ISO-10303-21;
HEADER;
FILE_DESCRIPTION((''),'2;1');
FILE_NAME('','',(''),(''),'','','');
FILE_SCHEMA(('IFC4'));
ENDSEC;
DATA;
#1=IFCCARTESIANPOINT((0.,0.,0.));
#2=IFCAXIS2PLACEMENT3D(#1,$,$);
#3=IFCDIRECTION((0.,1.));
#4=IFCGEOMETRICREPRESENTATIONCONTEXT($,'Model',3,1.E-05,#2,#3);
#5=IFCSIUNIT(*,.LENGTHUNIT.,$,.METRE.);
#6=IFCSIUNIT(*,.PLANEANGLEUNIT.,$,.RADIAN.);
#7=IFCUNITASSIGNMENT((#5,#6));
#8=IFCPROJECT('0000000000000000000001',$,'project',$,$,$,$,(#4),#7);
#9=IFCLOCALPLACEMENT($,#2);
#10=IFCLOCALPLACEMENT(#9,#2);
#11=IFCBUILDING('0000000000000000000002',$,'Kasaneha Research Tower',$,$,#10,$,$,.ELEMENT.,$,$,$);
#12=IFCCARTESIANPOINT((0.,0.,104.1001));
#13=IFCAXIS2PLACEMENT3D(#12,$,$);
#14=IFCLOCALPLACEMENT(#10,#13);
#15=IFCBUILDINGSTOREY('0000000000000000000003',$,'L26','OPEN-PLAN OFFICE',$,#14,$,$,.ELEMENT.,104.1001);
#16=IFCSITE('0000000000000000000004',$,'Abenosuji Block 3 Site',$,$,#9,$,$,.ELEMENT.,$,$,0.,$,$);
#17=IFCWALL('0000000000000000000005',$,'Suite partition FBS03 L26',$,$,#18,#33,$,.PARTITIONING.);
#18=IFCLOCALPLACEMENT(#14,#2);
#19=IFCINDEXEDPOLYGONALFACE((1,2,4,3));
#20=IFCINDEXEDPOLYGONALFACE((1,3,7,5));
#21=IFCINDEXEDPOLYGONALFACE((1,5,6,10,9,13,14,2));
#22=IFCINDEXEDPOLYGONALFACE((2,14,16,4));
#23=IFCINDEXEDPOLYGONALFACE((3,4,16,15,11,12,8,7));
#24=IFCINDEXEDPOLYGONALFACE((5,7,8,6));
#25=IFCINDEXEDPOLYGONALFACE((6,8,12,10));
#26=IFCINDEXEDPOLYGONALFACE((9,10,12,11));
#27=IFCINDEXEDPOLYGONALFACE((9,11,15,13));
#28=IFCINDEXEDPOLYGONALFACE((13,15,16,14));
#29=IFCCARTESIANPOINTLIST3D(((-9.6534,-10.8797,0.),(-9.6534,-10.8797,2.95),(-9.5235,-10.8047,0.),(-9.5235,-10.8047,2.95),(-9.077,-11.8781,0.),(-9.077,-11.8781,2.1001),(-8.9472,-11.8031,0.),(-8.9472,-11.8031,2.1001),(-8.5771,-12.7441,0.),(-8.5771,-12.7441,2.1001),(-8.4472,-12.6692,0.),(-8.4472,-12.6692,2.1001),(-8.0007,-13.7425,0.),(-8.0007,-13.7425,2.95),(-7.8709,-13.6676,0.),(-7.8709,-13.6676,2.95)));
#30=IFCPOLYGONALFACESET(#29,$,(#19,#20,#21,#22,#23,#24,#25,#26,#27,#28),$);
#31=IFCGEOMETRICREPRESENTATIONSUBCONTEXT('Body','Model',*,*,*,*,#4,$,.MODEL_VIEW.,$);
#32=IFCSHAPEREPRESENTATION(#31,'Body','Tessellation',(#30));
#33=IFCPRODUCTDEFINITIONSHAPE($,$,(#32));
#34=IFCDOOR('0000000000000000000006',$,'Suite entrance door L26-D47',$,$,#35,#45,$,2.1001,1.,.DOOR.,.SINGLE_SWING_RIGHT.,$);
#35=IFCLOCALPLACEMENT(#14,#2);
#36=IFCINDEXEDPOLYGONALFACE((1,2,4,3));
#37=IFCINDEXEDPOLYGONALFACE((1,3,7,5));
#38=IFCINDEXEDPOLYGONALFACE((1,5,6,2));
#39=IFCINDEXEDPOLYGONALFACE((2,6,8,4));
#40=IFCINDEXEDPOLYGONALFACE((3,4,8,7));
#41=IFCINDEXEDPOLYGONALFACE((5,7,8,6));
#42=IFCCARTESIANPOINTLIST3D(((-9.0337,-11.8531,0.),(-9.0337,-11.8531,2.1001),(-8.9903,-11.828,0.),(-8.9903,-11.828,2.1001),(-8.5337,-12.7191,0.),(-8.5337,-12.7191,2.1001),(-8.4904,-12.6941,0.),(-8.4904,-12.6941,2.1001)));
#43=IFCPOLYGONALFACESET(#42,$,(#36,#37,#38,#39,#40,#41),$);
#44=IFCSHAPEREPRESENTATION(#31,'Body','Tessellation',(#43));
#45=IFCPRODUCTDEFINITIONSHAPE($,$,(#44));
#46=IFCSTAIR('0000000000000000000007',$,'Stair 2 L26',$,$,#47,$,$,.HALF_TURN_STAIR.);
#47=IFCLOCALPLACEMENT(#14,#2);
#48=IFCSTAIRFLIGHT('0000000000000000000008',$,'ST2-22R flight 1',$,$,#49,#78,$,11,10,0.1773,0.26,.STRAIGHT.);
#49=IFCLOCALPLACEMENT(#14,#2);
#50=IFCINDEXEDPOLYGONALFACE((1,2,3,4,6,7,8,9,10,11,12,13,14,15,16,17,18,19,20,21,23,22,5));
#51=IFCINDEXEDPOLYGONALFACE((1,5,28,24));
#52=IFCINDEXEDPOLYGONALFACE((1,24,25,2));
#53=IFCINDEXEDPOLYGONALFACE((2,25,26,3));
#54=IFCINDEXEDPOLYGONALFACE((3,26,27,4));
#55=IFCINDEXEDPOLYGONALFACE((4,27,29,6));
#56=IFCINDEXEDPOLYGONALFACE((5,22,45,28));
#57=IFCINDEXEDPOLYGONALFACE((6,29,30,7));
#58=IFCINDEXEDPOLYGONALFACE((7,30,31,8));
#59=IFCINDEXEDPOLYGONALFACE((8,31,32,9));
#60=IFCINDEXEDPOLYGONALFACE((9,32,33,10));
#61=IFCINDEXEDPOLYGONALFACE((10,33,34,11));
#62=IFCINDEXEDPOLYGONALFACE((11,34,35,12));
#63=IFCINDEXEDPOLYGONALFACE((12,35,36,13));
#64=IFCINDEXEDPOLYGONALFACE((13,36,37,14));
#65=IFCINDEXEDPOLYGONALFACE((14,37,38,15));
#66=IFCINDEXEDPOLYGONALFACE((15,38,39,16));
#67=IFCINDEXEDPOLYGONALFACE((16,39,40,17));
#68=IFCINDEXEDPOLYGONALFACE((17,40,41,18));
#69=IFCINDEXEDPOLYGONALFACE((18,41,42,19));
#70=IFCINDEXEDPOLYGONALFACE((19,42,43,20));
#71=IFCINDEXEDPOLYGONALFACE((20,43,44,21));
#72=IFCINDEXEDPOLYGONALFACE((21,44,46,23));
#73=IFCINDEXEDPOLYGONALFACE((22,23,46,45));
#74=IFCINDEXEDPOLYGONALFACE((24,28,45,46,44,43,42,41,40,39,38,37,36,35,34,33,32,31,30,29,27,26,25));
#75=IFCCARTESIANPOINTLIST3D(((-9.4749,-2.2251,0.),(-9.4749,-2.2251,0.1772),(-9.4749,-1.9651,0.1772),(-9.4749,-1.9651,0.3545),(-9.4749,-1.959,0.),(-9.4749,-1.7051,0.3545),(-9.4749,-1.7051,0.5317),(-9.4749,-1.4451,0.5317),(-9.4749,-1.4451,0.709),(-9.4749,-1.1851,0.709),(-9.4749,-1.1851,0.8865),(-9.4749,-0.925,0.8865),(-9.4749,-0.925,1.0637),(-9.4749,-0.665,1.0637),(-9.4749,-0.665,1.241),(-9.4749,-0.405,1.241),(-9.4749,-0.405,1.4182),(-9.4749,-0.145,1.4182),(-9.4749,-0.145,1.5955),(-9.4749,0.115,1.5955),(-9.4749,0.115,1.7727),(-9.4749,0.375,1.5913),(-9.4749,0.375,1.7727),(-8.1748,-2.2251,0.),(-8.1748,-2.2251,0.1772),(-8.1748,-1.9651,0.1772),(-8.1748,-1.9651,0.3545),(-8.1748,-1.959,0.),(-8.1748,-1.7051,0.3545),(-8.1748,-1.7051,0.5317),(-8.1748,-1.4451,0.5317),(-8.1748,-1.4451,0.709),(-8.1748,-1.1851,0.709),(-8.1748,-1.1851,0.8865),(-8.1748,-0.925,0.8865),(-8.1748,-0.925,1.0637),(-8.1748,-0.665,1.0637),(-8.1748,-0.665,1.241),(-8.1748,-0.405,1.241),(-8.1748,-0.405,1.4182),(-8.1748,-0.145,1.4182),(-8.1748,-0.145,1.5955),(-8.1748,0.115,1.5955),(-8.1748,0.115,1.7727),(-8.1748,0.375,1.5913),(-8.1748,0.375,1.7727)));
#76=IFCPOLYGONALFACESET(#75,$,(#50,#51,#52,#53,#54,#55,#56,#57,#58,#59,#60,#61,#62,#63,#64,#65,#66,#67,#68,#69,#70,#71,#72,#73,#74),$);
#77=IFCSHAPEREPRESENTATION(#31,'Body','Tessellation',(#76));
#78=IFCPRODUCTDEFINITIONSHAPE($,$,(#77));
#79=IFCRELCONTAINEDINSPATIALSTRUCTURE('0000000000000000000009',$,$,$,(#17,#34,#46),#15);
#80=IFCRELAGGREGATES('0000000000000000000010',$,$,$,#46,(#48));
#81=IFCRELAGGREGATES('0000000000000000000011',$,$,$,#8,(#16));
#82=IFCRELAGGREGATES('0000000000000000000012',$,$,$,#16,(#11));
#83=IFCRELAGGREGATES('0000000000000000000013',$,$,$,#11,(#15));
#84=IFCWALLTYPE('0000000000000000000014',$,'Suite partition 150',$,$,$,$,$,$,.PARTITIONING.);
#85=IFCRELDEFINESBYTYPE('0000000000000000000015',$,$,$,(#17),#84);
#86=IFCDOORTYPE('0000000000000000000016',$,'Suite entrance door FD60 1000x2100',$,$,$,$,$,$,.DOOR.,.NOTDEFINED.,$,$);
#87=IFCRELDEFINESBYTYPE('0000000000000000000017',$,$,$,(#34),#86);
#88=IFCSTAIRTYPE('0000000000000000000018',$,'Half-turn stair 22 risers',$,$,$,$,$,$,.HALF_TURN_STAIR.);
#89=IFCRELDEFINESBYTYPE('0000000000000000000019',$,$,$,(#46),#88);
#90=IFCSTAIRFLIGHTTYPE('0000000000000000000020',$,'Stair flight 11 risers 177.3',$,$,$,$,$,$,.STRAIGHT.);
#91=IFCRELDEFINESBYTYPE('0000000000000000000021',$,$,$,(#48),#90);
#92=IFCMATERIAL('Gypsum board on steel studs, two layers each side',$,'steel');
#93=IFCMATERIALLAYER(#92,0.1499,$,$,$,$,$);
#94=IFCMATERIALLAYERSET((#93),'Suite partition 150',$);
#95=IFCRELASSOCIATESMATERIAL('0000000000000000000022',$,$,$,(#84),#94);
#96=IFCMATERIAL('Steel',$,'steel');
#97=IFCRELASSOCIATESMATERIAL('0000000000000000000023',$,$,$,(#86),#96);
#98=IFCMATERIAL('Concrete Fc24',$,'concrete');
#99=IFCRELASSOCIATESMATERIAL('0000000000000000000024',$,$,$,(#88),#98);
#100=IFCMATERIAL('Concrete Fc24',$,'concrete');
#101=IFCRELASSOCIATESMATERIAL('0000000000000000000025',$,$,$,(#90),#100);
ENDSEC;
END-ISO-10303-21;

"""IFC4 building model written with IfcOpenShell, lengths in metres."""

from ifc_helpers import new_model, si_unit, direction, frame, frame_2d, origin, place, context, subcontext, project, spatial, polyline, rectangle, outline, extrude, material, layer, layer_set, type_object, element, fill, aggregate, save


model = new_model("IFC4")

# Units and contexts
model_context = context("Model", 3, precision=1e-05, world=origin(), true_north=direction((0.0, 1.0)))
body_context = subcontext(model_context, "Body", "Model", "MODEL_VIEW")
ifc_project = project(units=[si_unit("LENGTHUNIT", "METRE"), si_unit("PLANEANGLEUNIT", "RADIAN")], contexts=[model_context])

# Site, building, storey
site_placement = place(None, origin())
site = spatial("IfcSite", under=ifc_project, at=site_placement, Name="Abenosuji Block 3 Site", CompositionType="ELEMENT", RefElevation=0.0)
building_placement = place(site_placement, origin())
building = spatial("IfcBuilding", under=site, at=building_placement, Name="Kasaneha Research Tower", CompositionType="ELEMENT")
storey_placement = place(building_placement, frame((0.0, 0.0, 104.1001)))
storey = spatial("IfcBuildingStorey", under=building, at=storey_placement, Name="L26", Description="OPEN-PLAN OFFICE", CompositionType="ELEMENT", Elevation=104.1001)

# Shared definitions
ifc_material_1 = material(Name="Gypsum board on steel studs, two layers each side", Category="steel")
ifc_layer_1 = layer(ifc_material_1, 0.1499)
ifc_layer_set_1 = layer_set([ifc_layer_1], Name="Suite partition 150")
wall_type_1 = type_object("IfcWallType", Name="Suite partition 150", PredefinedType="PARTITIONING", material=ifc_layer_set_1)
ifc_material_2 = material(Name="Steel", Category="steel")
door_type_1 = type_object("IfcDoorType", Name="Suite entrance door FD60 1000x2100", OperationType="NOTDEFINED", PredefinedType="DOOR", material=ifc_material_2)

# Wall, opening, door
wall_1_placement = place(storey_placement, frame((-7.9358, -13.7051, 0.0), z_axis=(0.0, 0.0, 1.0), x_axis=(-0.499944, 0.866058, 0.0)))
wall_1 = element("IfcWall", 1, at=wall_1_placement, inside=storey, type_object=wall_type_1, Name="Suite partition FBS03 L26", PredefinedType="PARTITIONING", context=body_context, shape_type="SweptSolid", body=[
    extrude(rectangle(XDim=3.3057, YDim=0.1499, at=frame_2d((1.6528, 0.0))), origin(), (0.0, 0.0, 1.0), 2.95),
])
opening_1_placement = place(wall_1_placement, frame((1.1528, 0.0, 0.0)))
opening_1 = element("IfcOpeningElement", 2, at=opening_1_placement, cuts=wall_1, PredefinedType="OPENING", context=body_context, shape_type="SweptSolid", body=[
    extrude(rectangle(XDim=1.0, YDim=2.1001, at=frame_2d((0.5, 1.05))), frame((0.0, 0.085, 0.0), z_axis=(0.0, -1.0, 0.0), x_axis=(1.0, 0.0, 0.0)), (0.0, 0.0, 1.0), 0.1699),
])
door_1_placement = place(opening_1_placement, origin())
door_1 = element("IfcDoor", 3, at=door_1_placement, inside=storey, type_object=door_type_1, Name="Suite entrance door L26-D47", OperationType="SINGLE_SWING_RIGHT", OverallHeight=2.1001, OverallWidth=1.0, PredefinedType="DOOR", context=body_context, shape_type="SweptSolid", body=[
    extrude(rectangle(XDim=1.0, YDim=2.1001, at=frame_2d((0.5, 1.05))), frame((0.0, 0.0249, 0.0), z_axis=(0.0, -1.0, 0.0), x_axis=(1.0, 0.0, 0.0)), (0.0, 0.0, 1.0), 0.05),
])
fill(opening_1, door_1)

# Stair, stair flight
ifc_material_3 = material(Name="Concrete Fc24", Category="concrete")
stair_type = type_object("IfcStairType", Name="Half-turn stair 22 risers", PredefinedType="HALF_TURN_STAIR", material=ifc_material_3)
stair_placement = place(storey_placement, origin())
stair = element("IfcStair", 4, at=stair_placement, inside=storey, type_object=stair_type, Name="Stair 2 L26", PredefinedType="HALF_TURN_STAIR")
ifc_material_4 = material(Name="Concrete Fc24", Category="concrete")
stair_flight_type = type_object("IfcStairFlightType", Name="Stair flight 11 risers 177.3", PredefinedType="STRAIGHT", material=ifc_material_4)
stair_flight_placement = place(storey_placement, frame((-8.825, -2.2251, 0.0), z_axis=(0.0, 0.0, 1.0), x_axis=(0.0, 1.0, 0.0)))
stair_flight = element("IfcStairFlight", 5, at=stair_flight_placement, type_object=stair_flight_type, Name="ST2-22R flight 1", NumberOfRisers=11, NumberOfTreads=10, PredefinedType="STRAIGHT", RiserHeight=0.1773, TreadLength=0.26, context=body_context, shape_type="SweptSolid", body=[
    extrude(outline(polyline([(0.0, 0.0), (0.0, 0.1772), (0.26, 0.1772), (0.26, 0.3545), (0.52, 0.3545), (0.52, 0.5317), (0.78, 0.5317), (0.78, 0.709), (1.04, 0.709), (1.04, 0.8865), (1.3, 0.8865), (1.3, 1.0637), (1.5601, 1.0637), (1.5601, 1.241), (1.8201, 1.241), (1.8201, 1.4182), (2.0801, 1.4182), (2.0801, 1.5955), (2.3401, 1.5955), (2.3401, 1.7727), (2.6001, 1.7727), (2.6001, 1.95), (2.6001, 1.5913), (0.2661, 0.0), (0.0, 0.0)])), frame((0.0, 0.6499, 0.0), z_axis=(0.0, -1.0, 0.0), x_axis=(1.0, 0.0, 0.0)), (0.0, 0.0, 1.0), 1.3),
])
aggregate(stair, [stair_flight])

save(model, "model.ifc")
